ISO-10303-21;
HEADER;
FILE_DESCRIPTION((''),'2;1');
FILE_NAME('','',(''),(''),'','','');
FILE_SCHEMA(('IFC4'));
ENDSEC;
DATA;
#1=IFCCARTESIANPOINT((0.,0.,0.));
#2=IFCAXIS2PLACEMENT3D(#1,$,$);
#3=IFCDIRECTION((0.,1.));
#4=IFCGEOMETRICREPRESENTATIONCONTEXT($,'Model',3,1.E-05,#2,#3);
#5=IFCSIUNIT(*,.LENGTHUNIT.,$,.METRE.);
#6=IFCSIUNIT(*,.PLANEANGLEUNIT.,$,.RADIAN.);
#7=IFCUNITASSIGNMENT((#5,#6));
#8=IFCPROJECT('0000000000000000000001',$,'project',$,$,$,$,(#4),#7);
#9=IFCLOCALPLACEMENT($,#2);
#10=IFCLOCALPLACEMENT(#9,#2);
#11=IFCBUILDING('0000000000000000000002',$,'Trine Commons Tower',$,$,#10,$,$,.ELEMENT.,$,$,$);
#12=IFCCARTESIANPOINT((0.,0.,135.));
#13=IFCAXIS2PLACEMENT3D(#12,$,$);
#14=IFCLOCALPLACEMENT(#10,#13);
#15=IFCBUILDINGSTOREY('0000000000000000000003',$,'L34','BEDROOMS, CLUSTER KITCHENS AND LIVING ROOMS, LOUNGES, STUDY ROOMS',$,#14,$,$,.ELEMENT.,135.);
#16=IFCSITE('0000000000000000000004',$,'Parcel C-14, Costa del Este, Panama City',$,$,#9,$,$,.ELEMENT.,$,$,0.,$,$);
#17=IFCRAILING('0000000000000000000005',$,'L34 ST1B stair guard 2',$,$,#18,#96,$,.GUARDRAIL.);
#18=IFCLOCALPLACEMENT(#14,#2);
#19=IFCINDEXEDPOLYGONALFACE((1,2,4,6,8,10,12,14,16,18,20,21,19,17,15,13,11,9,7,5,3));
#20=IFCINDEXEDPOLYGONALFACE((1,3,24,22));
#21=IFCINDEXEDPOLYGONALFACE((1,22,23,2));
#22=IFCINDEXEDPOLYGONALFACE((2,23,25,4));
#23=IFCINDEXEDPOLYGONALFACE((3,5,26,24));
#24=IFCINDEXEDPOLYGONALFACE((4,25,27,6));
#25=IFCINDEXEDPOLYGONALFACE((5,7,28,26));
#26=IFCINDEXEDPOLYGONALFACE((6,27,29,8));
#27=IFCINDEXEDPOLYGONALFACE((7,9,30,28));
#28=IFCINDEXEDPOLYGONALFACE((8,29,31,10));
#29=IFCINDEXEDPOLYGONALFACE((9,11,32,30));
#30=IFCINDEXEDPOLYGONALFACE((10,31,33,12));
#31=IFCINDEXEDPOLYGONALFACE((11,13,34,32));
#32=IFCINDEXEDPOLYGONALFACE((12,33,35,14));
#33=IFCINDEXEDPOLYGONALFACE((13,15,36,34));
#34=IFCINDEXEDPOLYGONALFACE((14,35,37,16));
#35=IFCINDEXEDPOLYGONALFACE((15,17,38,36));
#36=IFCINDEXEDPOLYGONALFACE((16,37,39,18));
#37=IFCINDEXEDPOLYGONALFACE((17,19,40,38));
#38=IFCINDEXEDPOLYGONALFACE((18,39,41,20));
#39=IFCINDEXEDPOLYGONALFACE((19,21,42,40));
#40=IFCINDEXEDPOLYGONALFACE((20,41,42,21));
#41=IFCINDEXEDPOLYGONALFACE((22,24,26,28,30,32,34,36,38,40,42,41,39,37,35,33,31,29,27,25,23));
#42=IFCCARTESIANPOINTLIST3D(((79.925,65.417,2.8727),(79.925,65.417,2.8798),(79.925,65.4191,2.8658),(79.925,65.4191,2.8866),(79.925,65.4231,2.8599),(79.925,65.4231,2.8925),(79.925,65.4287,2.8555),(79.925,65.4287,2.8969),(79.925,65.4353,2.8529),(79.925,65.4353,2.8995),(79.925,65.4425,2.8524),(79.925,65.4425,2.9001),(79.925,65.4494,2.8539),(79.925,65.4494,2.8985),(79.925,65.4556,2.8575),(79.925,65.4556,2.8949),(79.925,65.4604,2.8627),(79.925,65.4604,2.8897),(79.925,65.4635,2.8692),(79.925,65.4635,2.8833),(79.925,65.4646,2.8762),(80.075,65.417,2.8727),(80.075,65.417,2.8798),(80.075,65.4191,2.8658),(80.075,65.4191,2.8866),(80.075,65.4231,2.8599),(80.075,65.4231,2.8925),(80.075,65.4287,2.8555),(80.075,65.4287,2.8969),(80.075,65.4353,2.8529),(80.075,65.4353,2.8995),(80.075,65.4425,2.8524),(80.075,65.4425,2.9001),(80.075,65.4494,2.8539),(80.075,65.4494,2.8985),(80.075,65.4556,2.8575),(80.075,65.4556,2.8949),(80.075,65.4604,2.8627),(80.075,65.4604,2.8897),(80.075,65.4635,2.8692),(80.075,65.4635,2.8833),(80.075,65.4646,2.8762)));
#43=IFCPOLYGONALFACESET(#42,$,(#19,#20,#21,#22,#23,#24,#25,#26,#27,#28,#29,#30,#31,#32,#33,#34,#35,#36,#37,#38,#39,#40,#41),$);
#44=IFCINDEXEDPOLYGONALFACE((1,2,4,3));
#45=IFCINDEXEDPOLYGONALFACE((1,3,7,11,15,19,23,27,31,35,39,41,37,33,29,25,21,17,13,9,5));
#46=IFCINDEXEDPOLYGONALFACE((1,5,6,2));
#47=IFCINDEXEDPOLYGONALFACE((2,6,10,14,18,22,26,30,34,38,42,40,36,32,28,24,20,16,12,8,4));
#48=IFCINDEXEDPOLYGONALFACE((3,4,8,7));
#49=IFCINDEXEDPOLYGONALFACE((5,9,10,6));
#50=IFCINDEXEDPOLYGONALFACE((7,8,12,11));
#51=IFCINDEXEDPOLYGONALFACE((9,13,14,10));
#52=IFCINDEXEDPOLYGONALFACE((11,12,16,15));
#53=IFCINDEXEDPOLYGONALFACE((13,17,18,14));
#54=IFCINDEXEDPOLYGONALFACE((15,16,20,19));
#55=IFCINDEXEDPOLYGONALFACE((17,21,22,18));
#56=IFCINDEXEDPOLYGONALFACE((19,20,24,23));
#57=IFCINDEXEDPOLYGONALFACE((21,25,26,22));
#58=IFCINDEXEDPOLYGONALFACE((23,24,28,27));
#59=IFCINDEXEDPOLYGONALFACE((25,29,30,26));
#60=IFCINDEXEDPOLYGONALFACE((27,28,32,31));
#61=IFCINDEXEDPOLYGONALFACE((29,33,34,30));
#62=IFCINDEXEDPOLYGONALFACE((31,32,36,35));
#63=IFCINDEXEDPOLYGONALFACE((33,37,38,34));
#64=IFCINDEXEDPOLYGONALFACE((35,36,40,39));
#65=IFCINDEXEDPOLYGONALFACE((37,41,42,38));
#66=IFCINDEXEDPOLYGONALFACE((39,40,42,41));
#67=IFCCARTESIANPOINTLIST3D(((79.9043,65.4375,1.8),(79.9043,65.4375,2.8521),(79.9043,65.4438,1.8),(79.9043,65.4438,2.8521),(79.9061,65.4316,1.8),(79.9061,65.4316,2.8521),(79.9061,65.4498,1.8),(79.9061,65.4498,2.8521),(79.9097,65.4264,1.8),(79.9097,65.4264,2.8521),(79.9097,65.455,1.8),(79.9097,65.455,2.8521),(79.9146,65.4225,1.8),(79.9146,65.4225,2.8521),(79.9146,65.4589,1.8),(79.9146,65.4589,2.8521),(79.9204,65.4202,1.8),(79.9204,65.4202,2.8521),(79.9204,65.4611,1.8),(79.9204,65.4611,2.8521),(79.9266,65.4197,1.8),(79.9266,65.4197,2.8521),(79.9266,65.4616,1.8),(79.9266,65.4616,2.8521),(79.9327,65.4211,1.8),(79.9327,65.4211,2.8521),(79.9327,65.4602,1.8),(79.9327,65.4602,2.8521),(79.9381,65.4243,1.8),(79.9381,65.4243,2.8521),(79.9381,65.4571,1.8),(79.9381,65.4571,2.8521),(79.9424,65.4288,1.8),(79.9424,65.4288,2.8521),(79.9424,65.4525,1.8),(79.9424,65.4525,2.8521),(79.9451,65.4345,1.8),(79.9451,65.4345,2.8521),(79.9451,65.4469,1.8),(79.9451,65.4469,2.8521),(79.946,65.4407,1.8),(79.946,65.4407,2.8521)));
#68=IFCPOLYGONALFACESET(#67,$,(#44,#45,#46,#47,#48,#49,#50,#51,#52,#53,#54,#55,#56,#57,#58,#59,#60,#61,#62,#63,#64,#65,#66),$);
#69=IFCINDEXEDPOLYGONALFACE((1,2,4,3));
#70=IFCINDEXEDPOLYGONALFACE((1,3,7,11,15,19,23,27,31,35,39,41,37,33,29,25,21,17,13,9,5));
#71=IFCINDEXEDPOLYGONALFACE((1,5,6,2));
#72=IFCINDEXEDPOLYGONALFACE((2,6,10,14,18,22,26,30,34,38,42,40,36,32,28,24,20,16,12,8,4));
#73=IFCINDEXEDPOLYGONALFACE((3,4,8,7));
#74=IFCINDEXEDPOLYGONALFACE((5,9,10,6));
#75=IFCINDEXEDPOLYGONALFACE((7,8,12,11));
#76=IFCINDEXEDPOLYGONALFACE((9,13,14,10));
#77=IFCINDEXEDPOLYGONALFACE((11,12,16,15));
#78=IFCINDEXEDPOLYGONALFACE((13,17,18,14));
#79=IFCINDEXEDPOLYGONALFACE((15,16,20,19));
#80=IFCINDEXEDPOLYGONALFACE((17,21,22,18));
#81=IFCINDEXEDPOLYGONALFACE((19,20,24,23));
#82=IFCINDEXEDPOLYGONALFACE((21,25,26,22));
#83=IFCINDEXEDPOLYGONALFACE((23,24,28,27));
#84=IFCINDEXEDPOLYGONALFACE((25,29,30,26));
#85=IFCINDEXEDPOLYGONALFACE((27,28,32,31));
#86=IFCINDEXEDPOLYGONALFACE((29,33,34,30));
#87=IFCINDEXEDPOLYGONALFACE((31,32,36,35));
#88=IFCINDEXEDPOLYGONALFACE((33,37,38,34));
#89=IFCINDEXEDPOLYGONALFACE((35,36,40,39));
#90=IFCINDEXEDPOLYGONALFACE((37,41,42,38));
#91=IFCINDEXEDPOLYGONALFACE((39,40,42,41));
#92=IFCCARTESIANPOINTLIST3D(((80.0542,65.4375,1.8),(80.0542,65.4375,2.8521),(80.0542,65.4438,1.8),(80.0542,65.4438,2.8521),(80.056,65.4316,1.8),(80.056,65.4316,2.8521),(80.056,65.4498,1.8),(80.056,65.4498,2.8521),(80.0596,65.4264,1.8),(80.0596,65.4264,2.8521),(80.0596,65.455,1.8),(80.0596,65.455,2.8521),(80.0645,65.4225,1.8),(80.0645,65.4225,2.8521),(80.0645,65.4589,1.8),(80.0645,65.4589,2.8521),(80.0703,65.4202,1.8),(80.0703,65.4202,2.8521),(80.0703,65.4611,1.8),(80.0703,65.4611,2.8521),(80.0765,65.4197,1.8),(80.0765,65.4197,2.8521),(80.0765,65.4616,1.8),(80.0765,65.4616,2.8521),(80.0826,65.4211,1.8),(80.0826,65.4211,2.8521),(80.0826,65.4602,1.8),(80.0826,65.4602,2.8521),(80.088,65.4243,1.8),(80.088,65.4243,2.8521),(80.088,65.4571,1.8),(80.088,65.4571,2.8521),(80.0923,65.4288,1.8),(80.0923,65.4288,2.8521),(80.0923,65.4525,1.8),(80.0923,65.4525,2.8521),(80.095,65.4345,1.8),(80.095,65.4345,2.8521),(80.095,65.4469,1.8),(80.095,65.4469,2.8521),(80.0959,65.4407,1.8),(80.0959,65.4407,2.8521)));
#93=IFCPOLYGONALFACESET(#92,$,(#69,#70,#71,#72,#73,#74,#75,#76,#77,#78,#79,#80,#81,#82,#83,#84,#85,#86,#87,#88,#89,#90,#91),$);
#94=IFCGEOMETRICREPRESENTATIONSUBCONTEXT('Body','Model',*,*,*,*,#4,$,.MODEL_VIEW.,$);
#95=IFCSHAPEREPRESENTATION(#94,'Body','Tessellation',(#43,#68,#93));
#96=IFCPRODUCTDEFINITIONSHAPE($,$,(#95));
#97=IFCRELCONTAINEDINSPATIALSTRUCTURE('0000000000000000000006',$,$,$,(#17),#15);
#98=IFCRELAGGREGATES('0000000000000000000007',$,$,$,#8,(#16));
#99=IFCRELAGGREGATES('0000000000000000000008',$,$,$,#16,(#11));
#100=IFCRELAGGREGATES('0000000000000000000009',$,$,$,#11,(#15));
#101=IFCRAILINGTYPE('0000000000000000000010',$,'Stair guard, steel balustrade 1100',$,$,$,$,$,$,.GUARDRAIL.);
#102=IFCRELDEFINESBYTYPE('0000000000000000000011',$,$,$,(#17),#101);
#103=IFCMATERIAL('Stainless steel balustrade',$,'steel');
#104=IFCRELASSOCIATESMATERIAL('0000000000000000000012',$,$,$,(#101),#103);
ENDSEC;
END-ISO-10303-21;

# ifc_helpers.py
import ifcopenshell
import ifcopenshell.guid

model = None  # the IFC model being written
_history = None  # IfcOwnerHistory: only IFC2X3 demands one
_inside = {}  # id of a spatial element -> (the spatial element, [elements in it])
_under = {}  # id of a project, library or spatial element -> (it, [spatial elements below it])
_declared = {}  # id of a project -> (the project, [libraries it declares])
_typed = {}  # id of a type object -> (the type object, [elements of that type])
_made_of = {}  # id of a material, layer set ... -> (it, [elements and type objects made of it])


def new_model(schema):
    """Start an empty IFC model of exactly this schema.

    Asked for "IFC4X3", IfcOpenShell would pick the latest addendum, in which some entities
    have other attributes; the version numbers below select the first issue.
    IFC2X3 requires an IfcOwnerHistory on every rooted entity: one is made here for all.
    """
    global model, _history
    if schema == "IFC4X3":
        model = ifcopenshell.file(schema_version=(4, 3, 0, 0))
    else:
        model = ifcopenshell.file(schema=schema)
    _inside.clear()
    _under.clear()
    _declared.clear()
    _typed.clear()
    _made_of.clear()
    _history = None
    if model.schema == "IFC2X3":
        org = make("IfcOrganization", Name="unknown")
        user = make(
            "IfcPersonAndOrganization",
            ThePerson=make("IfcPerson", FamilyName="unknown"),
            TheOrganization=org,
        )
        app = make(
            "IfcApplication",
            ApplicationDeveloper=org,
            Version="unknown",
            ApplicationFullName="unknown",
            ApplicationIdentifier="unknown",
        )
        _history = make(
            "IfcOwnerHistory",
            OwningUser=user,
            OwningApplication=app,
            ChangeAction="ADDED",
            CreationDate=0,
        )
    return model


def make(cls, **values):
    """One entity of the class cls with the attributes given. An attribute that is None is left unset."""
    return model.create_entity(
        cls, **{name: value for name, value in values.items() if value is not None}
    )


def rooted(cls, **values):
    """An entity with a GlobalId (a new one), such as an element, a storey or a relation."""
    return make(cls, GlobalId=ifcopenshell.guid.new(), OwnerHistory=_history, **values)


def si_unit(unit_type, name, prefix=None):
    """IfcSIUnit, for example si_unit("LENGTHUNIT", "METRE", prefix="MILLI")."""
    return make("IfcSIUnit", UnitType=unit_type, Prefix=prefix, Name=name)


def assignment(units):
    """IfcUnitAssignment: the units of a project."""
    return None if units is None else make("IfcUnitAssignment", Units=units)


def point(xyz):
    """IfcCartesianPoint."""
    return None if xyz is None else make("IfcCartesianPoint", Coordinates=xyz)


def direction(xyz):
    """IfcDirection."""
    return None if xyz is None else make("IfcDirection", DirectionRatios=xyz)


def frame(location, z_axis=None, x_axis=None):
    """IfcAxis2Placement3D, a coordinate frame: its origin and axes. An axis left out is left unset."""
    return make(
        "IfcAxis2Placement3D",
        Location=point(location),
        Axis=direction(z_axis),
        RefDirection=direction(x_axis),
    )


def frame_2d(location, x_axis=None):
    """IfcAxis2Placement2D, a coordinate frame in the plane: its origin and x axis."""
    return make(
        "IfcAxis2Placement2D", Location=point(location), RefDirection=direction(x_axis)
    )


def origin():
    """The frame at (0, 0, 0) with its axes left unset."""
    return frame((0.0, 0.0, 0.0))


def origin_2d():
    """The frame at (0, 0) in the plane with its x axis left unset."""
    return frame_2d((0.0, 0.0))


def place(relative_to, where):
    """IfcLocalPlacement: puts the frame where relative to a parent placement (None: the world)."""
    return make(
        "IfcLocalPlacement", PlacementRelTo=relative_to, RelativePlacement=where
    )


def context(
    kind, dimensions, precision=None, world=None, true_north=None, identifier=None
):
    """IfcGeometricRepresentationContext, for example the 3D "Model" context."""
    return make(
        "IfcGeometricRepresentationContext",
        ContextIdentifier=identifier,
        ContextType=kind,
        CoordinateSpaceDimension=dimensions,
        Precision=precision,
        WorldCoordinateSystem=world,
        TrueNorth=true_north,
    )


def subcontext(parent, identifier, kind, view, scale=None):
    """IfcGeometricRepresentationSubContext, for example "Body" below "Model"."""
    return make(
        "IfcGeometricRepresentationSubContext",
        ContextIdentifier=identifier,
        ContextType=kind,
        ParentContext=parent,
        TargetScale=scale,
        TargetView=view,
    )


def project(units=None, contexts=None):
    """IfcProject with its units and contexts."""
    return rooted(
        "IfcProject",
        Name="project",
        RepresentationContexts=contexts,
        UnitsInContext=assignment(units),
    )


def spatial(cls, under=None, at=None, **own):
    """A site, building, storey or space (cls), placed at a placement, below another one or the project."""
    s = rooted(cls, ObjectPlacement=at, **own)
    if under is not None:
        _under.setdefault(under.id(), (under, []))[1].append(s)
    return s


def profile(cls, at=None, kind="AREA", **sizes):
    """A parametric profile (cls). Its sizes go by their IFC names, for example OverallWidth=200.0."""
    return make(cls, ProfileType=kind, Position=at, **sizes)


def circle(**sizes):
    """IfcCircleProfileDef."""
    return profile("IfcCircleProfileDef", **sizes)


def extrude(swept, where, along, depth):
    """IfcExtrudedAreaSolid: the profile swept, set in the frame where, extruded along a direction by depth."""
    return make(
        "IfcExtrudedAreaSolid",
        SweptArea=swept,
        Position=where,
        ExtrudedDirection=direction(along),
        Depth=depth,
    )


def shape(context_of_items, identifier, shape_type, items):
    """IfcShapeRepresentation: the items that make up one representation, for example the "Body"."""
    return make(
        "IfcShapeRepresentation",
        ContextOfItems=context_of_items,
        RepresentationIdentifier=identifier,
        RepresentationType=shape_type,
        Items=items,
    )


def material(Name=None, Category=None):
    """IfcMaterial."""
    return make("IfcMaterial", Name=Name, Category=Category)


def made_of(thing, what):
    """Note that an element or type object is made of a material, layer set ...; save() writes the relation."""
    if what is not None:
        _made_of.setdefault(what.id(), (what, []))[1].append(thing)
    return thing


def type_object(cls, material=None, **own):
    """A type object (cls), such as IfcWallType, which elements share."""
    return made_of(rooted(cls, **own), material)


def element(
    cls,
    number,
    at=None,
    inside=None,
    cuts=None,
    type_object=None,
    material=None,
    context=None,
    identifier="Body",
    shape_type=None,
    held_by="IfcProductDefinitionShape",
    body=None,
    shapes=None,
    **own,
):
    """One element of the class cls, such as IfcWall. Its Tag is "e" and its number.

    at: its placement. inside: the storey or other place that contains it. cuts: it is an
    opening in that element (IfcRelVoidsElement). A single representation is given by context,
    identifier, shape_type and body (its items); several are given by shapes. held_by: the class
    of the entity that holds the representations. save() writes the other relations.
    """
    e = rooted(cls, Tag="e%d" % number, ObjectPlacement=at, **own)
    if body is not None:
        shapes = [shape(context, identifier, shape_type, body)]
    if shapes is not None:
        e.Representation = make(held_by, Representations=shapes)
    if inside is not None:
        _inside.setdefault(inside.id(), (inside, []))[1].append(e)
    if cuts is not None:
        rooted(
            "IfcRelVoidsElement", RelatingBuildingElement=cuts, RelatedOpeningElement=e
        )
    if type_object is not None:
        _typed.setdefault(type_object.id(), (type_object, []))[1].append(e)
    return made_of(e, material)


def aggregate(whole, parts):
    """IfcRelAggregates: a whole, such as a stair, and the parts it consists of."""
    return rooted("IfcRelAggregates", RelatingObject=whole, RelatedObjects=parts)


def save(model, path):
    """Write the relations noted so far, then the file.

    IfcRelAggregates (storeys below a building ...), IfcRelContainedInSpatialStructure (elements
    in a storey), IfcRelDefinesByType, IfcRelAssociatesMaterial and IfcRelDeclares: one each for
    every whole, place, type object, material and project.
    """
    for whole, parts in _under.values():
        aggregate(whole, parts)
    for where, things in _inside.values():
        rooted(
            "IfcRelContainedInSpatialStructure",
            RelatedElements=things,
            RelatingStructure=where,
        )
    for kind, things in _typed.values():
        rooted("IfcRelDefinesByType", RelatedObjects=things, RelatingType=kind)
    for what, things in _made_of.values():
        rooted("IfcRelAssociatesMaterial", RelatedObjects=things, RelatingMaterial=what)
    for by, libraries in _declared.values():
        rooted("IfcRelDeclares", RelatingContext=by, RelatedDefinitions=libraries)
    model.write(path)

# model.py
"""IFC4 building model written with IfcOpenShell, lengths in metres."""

from ifc_helpers import new_model, si_unit, direction, frame, origin, origin_2d, place, context, subcontext, project, spatial, circle, extrude, material, type_object, element, save


model = new_model("IFC4")

# Units and contexts
model_context = context("Model", 3, precision=1e-05, world=origin(), true_north=direction((0.0, 1.0)))
body_context = subcontext(model_context, "Body", "Model", "MODEL_VIEW")
ifc_project = project(units=[si_unit("LENGTHUNIT", "METRE"), si_unit("PLANEANGLEUNIT", "RADIAN")], contexts=[model_context])

# Site, building, storey
site_placement = place(None, origin())
site = spatial("IfcSite", under=ifc_project, at=site_placement, Name="Parcel C-14, Costa del Este, Panama City", CompositionType="ELEMENT", RefElevation=0.0)
building_placement = place(site_placement, origin())
building = spatial("IfcBuilding", under=site, at=building_placement, Name="Trine Commons Tower", CompositionType="ELEMENT")
storey_placement = place(building_placement, frame((0.0, 0.0, 135.0)))
storey = spatial("IfcBuildingStorey", under=building, at=storey_placement, Name="L34", Description="BEDROOMS, CLUSTER KITCHENS AND LIVING ROOMS, LOUNGES, STUDY ROOMS", CompositionType="ELEMENT", Elevation=135.0)

# Railing
ifc_material_1 = material(Name="Stainless steel balustrade", Category="steel")
railing_type_1 = type_object("IfcRailingType", Name="Stair guard, steel balustrade 1100", PredefinedType="GUARDRAIL", material=ifc_material_1)
railing_1_placement = place(storey_placement, frame((79.925, 65.4407, 1.8)))
element("IfcRailing", 1, at=railing_1_placement, inside=storey, type_object=railing_type_1, Name="L34 ST1B stair guard 2", PredefinedType="GUARDRAIL", context=body_context, shape_type="SweptSolid", body=[
    extrude(circle(Radius=0.0239, at=origin_2d()), frame((0.0, 0.0, 1.0762), z_axis=(1.0, 0.0, 0.0), x_axis=(0.0, 1.0, 0.0)), (0.0, 0.0, 1.0), 0.1499),
    extrude(circle(Radius=0.021, at=origin_2d()), origin(), (0.0, 0.0, 1.0), 1.052),
    extrude(circle(Radius=0.021, at=origin_2d()), frame((0.1499, 0.0, 0.0)), (0.0, 0.0, 1.0), 1.052),
])

save(model, "model.ifc")
